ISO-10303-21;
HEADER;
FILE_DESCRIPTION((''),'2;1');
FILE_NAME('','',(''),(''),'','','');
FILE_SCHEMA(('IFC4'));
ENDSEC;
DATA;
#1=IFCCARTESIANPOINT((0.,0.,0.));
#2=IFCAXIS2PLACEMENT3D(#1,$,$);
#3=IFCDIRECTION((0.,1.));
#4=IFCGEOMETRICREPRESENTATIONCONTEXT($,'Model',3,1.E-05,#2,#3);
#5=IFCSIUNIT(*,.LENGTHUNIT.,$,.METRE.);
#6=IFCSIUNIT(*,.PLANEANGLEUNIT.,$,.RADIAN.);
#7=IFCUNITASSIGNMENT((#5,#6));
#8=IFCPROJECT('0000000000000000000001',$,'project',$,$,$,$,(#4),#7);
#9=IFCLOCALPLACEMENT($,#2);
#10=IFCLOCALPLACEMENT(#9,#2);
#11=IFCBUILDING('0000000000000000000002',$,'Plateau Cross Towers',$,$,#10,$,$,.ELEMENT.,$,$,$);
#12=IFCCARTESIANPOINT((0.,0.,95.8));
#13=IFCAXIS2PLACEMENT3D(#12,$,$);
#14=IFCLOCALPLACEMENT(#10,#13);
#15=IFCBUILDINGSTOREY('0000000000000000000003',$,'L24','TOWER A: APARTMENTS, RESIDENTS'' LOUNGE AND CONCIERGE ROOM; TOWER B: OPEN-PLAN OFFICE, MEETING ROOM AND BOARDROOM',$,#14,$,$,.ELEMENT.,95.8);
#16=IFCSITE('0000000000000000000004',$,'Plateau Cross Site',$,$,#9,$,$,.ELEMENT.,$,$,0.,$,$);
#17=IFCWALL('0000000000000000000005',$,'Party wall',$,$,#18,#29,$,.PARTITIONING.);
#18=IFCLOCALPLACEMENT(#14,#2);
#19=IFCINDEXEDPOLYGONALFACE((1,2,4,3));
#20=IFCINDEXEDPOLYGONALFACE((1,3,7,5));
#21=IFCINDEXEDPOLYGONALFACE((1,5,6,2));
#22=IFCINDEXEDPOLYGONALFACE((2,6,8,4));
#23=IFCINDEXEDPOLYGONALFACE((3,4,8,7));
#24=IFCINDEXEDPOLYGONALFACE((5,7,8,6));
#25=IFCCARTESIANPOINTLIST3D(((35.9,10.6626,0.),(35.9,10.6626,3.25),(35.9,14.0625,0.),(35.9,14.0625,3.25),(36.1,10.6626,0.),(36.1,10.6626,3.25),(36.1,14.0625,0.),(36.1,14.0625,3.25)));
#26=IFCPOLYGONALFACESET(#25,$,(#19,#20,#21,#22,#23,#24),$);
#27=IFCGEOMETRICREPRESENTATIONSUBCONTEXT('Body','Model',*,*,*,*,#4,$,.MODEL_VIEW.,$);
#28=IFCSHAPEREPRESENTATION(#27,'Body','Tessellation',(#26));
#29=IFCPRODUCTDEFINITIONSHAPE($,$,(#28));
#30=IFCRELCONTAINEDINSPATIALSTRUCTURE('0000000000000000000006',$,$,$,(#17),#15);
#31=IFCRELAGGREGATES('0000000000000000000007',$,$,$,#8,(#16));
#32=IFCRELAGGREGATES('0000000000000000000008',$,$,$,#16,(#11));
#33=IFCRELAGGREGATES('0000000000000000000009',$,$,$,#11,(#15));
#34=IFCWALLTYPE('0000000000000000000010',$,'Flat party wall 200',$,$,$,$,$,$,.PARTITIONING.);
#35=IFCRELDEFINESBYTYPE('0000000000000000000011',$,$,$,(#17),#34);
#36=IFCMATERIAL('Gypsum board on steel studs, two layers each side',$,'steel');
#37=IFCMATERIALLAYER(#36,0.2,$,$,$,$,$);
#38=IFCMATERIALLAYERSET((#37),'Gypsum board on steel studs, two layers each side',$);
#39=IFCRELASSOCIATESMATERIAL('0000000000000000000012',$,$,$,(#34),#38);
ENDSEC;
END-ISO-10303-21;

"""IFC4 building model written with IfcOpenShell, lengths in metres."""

from ifc_helpers import new_model, si_unit, direction, frame, frame_2d, origin, place, context, subcontext, project, spatial, rectangle, extrude, material, layer, layer_set, type_object, element, save


model = new_model("IFC4")

# Units and contexts
model_context = context("Model", 3, precision=1e-05, world=origin(), true_north=direction((0.0, 1.0)))
body_context = subcontext(model_context, "Body", "Model", "MODEL_VIEW")
ifc_project = project(units=[si_unit("LENGTHUNIT", "METRE"), si_unit("PLANEANGLEUNIT", "RADIAN")], contexts=[model_context])

# Site, building, storey
site_placement = place(None, origin())
site = spatial("IfcSite", under=ifc_project, at=site_placement, Name="Plateau Cross Site", CompositionType="ELEMENT", RefElevation=0.0)
building_placement = place(site_placement, origin())
building = spatial("IfcBuilding", under=site, at=building_placement, Name="Plateau Cross Towers", CompositionType="ELEMENT")
storey_placement = place(building_placement, frame((0.0, 0.0, 95.8)))
storey = spatial("IfcBuildingStorey", under=building, at=storey_placement, Name="L24", Description="TOWER A: APARTMENTS, RESIDENTS' LOUNGE AND CONCIERGE ROOM; TOWER B: OPEN-PLAN OFFICE, MEETING ROOM AND BOARDROOM", CompositionType="ELEMENT", Elevation=95.8)

# Wall
ifc_material_1 = material(Name="Gypsum board on steel studs, two layers each side", Category="steel")
ifc_layer_1 = layer(ifc_material_1, 0.2)
ifc_layer_set_1 = layer_set([ifc_layer_1], Name="Gypsum board on steel studs, two layers each side")
wall_type_1 = type_object("IfcWallType", Name="Flat party wall 200", PredefinedType="PARTITIONING", material=ifc_layer_set_1)
wall_1_placement = place(storey_placement, frame((36.0, 10.6626, 0.0), z_axis=(0.0, 0.0, 1.0), x_axis=(0.0, 1.0, 0.0)))
element("IfcWall", 1, at=wall_1_placement, inside=storey, type_object=wall_type_1, Name="Party wall", PredefinedType="PARTITIONING", context=body_context, shape_type="SweptSolid", body=[
    extrude(rectangle(XDim=3.3999, YDim=0.2, at=frame_2d((1.7, 0.0))), origin(), (0.0, 0.0, 1.0), 3.25),
])

save(model, "model.ifc")
